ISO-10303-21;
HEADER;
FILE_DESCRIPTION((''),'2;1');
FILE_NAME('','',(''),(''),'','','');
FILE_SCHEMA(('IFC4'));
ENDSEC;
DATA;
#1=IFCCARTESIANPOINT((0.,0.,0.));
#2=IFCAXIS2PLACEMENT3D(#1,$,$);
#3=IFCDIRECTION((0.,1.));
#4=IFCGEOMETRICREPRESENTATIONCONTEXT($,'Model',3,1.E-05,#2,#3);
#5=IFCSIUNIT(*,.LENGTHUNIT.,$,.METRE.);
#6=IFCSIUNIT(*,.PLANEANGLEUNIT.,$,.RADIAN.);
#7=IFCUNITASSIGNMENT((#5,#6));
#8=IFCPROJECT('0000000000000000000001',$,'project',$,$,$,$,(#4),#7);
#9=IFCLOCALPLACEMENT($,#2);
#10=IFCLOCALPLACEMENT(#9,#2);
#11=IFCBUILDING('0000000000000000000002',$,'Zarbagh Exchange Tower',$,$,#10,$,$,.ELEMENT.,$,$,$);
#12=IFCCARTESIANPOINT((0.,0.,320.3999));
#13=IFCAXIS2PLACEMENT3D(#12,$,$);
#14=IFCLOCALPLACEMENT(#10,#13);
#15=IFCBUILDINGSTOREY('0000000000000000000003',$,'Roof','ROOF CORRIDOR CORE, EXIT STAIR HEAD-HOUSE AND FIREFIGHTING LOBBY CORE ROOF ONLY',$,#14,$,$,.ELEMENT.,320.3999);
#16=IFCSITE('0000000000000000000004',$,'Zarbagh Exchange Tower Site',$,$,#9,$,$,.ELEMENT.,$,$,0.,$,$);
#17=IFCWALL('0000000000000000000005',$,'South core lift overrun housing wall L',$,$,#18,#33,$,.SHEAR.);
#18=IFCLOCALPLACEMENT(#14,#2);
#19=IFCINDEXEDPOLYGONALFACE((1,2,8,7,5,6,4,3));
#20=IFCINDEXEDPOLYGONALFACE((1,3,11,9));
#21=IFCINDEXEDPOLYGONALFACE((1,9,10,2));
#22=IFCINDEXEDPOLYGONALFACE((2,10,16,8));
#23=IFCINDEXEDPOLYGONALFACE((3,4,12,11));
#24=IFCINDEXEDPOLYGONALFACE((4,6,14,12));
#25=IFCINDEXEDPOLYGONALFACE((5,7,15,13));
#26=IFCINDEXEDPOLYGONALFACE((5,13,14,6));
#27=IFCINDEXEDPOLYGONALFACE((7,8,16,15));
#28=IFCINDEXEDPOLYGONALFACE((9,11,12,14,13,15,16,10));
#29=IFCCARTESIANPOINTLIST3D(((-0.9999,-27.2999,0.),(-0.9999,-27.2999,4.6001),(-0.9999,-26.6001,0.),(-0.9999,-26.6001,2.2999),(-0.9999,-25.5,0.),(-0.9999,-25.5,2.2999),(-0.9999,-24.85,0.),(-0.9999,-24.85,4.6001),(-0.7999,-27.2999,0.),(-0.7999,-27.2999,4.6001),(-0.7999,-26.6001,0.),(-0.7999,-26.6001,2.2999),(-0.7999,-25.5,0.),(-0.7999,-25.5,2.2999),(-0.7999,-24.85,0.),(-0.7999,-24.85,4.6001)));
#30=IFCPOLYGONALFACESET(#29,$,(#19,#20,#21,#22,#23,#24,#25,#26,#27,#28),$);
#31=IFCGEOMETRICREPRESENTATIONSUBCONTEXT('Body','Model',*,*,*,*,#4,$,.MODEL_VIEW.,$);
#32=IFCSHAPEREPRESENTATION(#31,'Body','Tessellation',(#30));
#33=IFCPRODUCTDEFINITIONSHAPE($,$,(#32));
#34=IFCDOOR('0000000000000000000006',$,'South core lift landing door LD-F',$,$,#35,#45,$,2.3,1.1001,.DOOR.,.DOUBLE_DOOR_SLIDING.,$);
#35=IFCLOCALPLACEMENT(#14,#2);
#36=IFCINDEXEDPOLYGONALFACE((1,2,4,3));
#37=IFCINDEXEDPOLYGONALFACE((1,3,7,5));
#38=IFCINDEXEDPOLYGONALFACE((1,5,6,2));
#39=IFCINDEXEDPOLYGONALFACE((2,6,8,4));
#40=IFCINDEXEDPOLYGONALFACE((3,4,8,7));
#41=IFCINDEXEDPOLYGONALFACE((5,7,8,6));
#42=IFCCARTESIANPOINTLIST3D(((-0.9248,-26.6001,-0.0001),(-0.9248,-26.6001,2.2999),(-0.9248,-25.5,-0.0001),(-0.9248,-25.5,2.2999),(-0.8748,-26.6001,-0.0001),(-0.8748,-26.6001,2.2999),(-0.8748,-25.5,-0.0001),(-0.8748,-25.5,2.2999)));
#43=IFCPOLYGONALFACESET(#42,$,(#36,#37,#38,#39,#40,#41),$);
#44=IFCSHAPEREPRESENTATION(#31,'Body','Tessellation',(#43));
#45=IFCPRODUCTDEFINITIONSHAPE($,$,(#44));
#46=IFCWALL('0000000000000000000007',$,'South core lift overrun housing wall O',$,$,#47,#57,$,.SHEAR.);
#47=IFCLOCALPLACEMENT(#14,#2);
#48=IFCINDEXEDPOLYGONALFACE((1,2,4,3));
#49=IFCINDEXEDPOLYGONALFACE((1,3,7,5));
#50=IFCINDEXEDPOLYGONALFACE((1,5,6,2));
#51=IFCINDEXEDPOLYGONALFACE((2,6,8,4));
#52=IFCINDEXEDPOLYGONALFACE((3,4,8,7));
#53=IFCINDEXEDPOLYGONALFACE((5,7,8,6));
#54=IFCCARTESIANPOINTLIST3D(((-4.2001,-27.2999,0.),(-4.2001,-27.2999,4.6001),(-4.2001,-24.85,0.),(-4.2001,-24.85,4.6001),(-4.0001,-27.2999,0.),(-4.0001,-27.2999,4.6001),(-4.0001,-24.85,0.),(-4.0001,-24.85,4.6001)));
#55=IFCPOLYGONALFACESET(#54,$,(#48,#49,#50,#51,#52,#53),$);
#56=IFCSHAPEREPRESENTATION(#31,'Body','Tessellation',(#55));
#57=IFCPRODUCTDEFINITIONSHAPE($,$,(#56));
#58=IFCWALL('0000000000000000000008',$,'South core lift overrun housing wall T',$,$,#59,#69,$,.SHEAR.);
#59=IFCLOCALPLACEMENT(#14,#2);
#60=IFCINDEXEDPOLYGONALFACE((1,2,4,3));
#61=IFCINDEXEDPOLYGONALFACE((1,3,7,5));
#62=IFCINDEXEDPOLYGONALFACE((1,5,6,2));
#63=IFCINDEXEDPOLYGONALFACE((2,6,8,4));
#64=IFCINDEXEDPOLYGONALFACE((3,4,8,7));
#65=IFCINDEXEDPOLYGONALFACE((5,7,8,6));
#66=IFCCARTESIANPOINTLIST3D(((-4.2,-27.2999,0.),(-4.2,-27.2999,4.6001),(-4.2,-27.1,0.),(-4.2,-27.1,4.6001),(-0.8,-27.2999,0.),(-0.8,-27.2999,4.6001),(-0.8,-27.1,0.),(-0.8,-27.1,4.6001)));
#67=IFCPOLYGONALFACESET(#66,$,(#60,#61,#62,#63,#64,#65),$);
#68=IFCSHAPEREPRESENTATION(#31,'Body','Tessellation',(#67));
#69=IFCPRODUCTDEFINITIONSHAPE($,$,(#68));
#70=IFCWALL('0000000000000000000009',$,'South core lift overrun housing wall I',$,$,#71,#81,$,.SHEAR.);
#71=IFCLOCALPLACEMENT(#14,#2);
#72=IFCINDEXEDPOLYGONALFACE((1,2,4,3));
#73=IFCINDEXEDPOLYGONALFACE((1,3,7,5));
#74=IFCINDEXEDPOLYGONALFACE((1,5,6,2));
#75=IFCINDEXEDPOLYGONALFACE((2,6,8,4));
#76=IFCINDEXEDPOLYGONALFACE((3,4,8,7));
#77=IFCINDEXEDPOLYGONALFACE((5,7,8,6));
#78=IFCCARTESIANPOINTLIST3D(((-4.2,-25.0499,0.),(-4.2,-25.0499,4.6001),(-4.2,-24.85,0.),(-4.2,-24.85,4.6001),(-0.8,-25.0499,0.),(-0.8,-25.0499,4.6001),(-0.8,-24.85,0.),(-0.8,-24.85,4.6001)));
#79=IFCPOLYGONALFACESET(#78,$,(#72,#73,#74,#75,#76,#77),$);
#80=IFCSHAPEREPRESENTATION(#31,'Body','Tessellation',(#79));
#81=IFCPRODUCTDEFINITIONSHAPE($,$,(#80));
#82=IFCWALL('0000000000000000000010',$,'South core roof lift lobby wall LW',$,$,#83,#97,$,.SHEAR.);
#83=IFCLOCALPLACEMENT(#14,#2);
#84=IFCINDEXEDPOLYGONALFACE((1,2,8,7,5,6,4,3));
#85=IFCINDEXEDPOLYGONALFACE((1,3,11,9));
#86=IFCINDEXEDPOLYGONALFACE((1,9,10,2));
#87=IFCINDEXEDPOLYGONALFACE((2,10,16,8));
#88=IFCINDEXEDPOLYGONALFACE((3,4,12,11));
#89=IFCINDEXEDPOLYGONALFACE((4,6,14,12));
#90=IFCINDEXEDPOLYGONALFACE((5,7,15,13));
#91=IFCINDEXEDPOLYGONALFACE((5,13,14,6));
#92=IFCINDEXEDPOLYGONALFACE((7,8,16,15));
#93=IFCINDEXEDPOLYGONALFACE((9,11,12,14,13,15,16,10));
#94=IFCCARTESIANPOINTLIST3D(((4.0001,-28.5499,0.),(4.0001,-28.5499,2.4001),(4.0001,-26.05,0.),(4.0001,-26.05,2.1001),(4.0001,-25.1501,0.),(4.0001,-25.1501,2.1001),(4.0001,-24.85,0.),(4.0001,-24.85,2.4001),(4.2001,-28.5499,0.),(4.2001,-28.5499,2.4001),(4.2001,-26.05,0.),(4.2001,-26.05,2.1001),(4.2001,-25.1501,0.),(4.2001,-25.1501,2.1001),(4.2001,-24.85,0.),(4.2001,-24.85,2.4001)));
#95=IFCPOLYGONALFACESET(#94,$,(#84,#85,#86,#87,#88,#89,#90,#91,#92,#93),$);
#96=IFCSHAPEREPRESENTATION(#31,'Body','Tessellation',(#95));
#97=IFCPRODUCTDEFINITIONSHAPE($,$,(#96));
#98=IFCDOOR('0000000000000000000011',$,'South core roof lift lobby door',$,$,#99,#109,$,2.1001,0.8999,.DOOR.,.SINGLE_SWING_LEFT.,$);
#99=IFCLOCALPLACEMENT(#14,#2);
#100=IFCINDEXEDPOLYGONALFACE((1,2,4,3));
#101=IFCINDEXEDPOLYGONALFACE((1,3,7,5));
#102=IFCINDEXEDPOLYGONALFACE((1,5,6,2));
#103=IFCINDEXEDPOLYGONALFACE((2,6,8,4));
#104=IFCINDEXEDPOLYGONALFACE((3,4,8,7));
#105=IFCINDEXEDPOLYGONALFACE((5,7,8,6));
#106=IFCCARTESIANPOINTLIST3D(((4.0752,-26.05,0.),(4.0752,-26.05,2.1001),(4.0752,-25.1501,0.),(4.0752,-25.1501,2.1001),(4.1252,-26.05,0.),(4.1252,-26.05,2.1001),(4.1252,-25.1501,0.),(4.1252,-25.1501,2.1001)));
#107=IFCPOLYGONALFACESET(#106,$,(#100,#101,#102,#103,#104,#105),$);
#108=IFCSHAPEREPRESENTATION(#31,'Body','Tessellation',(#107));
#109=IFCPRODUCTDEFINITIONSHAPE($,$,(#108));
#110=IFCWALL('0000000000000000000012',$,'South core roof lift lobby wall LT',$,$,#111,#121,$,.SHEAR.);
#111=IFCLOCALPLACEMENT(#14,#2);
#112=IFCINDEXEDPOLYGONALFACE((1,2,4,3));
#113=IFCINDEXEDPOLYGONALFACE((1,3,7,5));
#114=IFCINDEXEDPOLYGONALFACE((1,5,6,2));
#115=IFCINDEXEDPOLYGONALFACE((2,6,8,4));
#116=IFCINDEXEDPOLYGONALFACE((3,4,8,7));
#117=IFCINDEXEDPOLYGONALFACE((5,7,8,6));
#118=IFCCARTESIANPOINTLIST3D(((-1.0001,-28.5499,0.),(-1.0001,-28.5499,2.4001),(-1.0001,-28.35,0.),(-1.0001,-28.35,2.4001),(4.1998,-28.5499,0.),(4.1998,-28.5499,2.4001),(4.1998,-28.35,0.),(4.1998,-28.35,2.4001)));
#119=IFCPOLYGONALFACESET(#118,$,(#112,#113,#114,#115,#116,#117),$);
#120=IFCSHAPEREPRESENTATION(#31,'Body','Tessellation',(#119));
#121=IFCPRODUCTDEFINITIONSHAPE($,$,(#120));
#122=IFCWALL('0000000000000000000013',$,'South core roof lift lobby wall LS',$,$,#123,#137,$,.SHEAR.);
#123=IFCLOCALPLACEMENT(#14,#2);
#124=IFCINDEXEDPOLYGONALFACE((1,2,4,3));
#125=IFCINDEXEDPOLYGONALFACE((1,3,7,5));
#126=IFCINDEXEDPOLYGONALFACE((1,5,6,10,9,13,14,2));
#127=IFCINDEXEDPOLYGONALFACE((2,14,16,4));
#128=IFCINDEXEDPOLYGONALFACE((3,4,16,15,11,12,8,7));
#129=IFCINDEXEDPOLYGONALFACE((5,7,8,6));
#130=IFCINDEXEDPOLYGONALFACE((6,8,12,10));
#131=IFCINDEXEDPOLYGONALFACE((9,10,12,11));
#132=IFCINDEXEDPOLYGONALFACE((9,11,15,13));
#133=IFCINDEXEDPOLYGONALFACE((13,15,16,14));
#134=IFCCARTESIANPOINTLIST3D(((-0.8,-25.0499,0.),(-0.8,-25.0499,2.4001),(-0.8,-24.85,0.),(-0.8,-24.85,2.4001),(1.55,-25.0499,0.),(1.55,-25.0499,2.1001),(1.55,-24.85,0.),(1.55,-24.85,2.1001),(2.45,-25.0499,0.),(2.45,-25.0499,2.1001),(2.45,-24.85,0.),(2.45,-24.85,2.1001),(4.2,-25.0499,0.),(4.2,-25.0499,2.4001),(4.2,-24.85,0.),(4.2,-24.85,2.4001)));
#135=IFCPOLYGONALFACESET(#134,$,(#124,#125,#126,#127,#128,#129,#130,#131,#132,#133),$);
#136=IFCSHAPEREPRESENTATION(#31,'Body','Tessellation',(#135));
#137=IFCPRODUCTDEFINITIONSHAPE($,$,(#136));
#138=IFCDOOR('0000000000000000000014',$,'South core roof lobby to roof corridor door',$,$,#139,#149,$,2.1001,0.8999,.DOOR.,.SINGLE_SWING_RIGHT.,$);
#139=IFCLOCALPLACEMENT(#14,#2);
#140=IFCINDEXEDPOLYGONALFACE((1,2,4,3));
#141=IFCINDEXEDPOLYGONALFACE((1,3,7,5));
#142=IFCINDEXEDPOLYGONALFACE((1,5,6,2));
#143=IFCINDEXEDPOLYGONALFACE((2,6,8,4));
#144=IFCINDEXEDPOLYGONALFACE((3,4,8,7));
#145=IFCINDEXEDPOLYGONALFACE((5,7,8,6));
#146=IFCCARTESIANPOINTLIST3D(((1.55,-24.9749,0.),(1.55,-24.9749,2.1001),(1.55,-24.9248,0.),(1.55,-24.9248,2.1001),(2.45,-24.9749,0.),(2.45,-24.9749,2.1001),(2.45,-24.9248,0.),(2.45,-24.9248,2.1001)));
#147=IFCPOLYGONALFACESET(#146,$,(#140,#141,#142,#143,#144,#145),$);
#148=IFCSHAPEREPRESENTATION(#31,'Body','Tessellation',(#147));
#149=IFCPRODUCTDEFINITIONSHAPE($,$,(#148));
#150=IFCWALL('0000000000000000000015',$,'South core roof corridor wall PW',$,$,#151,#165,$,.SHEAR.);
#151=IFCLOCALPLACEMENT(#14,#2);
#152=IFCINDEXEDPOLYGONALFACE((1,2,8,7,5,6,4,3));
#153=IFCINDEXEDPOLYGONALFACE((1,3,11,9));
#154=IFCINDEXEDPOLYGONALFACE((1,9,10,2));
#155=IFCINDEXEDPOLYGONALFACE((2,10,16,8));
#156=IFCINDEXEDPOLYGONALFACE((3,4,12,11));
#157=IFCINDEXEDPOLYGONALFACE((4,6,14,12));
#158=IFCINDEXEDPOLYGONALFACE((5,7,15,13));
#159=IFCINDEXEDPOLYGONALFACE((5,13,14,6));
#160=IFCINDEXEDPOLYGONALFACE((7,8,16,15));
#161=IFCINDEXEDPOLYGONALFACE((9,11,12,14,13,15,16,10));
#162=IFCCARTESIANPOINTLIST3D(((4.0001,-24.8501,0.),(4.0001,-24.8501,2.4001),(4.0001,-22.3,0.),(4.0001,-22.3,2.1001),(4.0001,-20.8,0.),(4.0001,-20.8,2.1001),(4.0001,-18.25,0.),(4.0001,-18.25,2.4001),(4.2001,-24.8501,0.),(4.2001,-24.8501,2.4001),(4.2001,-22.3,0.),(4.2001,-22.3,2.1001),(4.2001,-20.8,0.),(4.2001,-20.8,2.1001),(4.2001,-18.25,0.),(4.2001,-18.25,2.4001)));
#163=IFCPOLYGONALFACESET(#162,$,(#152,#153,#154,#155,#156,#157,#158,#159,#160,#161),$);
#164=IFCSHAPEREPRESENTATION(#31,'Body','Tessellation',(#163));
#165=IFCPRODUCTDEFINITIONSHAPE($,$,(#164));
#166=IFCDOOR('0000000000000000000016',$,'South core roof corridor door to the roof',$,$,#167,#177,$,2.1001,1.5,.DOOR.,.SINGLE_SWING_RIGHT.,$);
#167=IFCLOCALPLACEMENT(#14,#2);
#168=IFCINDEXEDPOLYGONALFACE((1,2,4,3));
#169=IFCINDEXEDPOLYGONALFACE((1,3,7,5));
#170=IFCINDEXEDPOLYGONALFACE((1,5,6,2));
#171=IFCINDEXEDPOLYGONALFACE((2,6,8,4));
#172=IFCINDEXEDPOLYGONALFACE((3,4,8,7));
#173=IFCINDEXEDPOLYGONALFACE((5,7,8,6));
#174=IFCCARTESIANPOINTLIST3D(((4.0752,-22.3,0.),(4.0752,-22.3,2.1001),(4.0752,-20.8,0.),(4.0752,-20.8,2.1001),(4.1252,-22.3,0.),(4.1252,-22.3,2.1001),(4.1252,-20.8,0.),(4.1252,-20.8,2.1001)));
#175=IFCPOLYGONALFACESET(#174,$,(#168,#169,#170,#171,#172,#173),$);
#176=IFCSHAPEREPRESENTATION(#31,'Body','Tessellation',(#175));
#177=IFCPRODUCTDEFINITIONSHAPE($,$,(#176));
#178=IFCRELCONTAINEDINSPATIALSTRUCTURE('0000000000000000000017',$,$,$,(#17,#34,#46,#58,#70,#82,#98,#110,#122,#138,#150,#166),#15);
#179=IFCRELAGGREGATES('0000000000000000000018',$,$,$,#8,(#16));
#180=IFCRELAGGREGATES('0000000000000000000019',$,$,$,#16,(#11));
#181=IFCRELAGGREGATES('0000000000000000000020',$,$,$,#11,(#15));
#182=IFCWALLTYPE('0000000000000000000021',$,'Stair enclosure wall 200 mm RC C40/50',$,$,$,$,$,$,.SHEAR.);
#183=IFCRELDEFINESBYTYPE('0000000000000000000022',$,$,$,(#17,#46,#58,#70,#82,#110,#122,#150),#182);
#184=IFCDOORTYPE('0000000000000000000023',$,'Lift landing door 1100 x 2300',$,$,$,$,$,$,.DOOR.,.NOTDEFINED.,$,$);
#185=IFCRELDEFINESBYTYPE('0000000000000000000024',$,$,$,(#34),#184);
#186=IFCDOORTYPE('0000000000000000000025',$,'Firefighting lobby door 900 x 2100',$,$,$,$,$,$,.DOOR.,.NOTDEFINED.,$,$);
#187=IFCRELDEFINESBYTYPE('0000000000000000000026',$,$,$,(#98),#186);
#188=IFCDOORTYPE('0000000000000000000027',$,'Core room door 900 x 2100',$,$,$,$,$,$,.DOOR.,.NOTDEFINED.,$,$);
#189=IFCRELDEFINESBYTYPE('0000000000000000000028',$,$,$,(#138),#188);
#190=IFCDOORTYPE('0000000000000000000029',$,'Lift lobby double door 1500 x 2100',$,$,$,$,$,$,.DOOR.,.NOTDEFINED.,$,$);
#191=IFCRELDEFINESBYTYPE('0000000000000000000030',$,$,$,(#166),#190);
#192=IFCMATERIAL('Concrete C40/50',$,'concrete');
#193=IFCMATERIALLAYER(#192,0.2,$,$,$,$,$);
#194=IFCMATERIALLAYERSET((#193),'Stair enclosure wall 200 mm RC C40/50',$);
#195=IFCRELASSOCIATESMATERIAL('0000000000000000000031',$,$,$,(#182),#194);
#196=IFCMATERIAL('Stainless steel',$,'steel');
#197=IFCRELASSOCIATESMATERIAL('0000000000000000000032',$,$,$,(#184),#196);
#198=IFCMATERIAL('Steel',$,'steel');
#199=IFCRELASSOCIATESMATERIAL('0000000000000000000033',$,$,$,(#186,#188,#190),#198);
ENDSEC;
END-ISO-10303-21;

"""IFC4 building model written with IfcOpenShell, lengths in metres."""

from ifc_helpers import new_model, si_unit, direction, frame, frame_2d, origin, place, context, subcontext, project, spatial, rectangle, extrude, material, layer, layer_set, type_object, element, fill, save


model = new_model("IFC4")

# Units and contexts
model_context = context("Model", 3, precision=1e-05, world=origin(), true_north=direction((0.0, 1.0)))
body_context = subcontext(model_context, "Body", "Model", "MODEL_VIEW")
ifc_project = project(units=[si_unit("LENGTHUNIT", "METRE"), si_unit("PLANEANGLEUNIT", "RADIAN")], contexts=[model_context])

# Site, building, storey
site_placement = place(None, origin())
site = spatial("IfcSite", under=ifc_project, at=site_placement, Name="Zarbagh Exchange Tower Site", CompositionType="ELEMENT", RefElevation=0.0)
building_placement = place(site_placement, origin())
building = spatial("IfcBuilding", under=site, at=building_placement, Name="Zarbagh Exchange Tower", CompositionType="ELEMENT")
storey_placement = place(building_placement, frame((0.0, 0.0, 320.3999)))
storey = spatial("IfcBuildingStorey", under=building, at=storey_placement, Name="Roof", Description="ROOF CORRIDOR CORE, EXIT STAIR HEAD-HOUSE AND FIREFIGHTING LOBBY CORE ROOF ONLY", CompositionType="ELEMENT", Elevation=320.3999)

# Wall, opening, door
ifc_material_1 = material(Name="Concrete C40/50", Category="concrete")
ifc_layer_1 = layer(ifc_material_1, 0.2)
ifc_layer_set_1 = layer_set([ifc_layer_1], Name="Stair enclosure wall 200 mm RC C40/50")
wall_type_1 = type_object("IfcWallType", Name="Stair enclosure wall 200 mm RC C40/50", PredefinedType="SHEAR", material=ifc_layer_set_1)
wall_1_placement = place(storey_placement, frame((-0.8999, -27.3, 0.0), z_axis=(0.0, 0.0, 1.0), x_axis=(0.0, 1.0, 0.0)))
wall_1 = element("IfcWall", 1, at=wall_1_placement, inside=storey, type_object=wall_type_1, Name="South core lift overrun housing wall L", PredefinedType="SHEAR", context=body_context, shape_type="SweptSolid", body=[
    extrude(rectangle(XDim=2.45, YDim=0.2, at=frame_2d((1.2251, 0.0))), origin(), (0.0, 0.0, 1.0), 4.6001),
])
opening_1_placement = place(wall_1_placement, frame((0.7, 0.0, 0.0)))
opening_1 = element("IfcOpeningElement", 2, at=opening_1_placement, cuts=wall_1, PredefinedType="OPENING", context=body_context, shape_type="SweptSolid", body=[
    extrude(rectangle(XDim=1.1001, YDim=2.3, at=frame_2d((0.55, 1.1499))), frame((0.0, 0.1099, 0.0), z_axis=(0.0, -1.0, 0.0), x_axis=(1.0, 0.0, 0.0)), (0.0, 0.0, 1.0), 0.22),
])
ifc_material_2 = material(Name="Stainless steel", Category="steel")
door_type_1 = type_object("IfcDoorType", Name="Lift landing door 1100 x 2300", OperationType="NOTDEFINED", PredefinedType="DOOR", material=ifc_material_2)
door_1_placement = place(opening_1_placement, origin())
door_1 = element("IfcDoor", 3, at=door_1_placement, inside=storey, type_object=door_type_1, Name="South core lift landing door LD-F", OperationType="DOUBLE_DOOR_SLIDING", OverallHeight=2.3, OverallWidth=1.1001, PredefinedType="DOOR", context=body_context, shape_type="SweptSolid", body=[
    extrude(rectangle(XDim=1.1001, YDim=2.3, at=frame_2d((0.55, 1.1499))), frame((0.0, 0.0249, 0.0), z_axis=(0.0, -1.0, 0.0), x_axis=(1.0, 0.0, 0.0)), (0.0, 0.0, 1.0), 0.05),
])
fill(opening_1, door_1)

# Walls
wall_2_placement = place(storey_placement, frame((-4.1001, -27.3, 0.0), z_axis=(0.0, 0.0, 1.0), x_axis=(0.0, 1.0, 0.0)))
element("IfcWall", 4, at=wall_2_placement, inside=storey, type_object=wall_type_1, Name="South core lift overrun housing wall O", PredefinedType="SHEAR", context=body_context, shape_type="SweptSolid", body=[
    extrude(rectangle(XDim=2.45, YDim=0.2, at=frame_2d((1.2251, 0.0))), origin(), (0.0, 0.0, 1.0), 4.6001),
])
for number, where, z_axis, x_axis, name in (
    (5, (-0.8, -27.2, 0.0), (0.0, 0.0, 1.0), (-1.0, 0.0, 0.0), "South core lift overrun housing wall T"),
    (6, (-0.8, -24.95, 0.0), (0.0, 0.0, 1.0), (-1.0, 0.0, 0.0), "South core lift overrun housing wall I"),
):
    element("IfcWall", number, at=place(storey_placement, frame(where, z_axis=z_axis, x_axis=x_axis)), inside=storey, type_object=wall_type_1, Name=name, PredefinedType="SHEAR", context=body_context, shape_type="SweptSolid", body=[
        extrude(rectangle(XDim=3.3999, YDim=0.2, at=frame_2d((1.7, 0.0))), origin(), (0.0, 0.0, 1.0), 4.6001),
    ])

# Wall, opening, door
wall_3_placement = place(storey_placement, frame((4.1001, -28.55, 0.0), z_axis=(0.0, 0.0, 1.0), x_axis=(0.0, 1.0, 0.0)))
wall_3 = element("IfcWall", 7, at=wall_3_placement, inside=storey, type_object=wall_type_1, Name="South core roof lift lobby wall LW", PredefinedType="SHEAR", context=body_context, shape_type="SweptSolid", body=[
    extrude(rectangle(XDim=3.7, YDim=0.2, at=frame_2d((1.8501, 0.0))), origin(), (0.0, 0.0, 1.0), 2.4001),
])
opening_2_placement = place(wall_3_placement, frame((2.5, 0.0, 0.0)))
opening_2 = element("IfcOpeningElement", 8, at=opening_2_placement, cuts=wall_3, PredefinedType="OPENING", context=body_context, shape_type="SweptSolid", body=[
    extrude(rectangle(XDim=0.8999, YDim=2.1001, at=frame_2d((0.45, 1.05))), frame((0.0, 0.1099, 0.0), z_axis=(0.0, -1.0, 0.0), x_axis=(1.0, 0.0, 0.0)), (0.0, 0.0, 1.0), 0.22),
])
ifc_material_3 = material(Name="Steel", Category="steel")
door_type_2 = type_object("IfcDoorType", Name="Firefighting lobby door 900 x 2100", OperationType="NOTDEFINED", PredefinedType="DOOR", material=ifc_material_3)
door_2_placement = place(opening_2_placement, origin())
door_2 = element("IfcDoor", 9, at=door_2_placement, inside=storey, type_object=door_type_2, Name="South core roof lift lobby door", OperationType="SINGLE_SWING_LEFT", OverallHeight=2.1001, OverallWidth=0.8999, PredefinedType="DOOR", context=body_context, shape_type="SweptSolid", body=[
    extrude(rectangle(XDim=0.8999, YDim=2.1001, at=frame_2d((0.45, 1.05))), frame((0.0, 0.0249, 0.0), z_axis=(0.0, -1.0, 0.0), x_axis=(1.0, 0.0, 0.0)), (0.0, 0.0, 1.0), 0.05),
])
fill(opening_2, door_2)

# Wall
wall_4_placement = place(storey_placement, frame((4.2, -28.45, 0.0), z_axis=(0.0, 0.0, 1.0), x_axis=(-1.0, 0.0, 0.0)))
element("IfcWall", 10, at=wall_4_placement, inside=storey, type_object=wall_type_1, Name="South core roof lift lobby wall LT", PredefinedType="SHEAR", context=body_context, shape_type="SweptSolid", body=[
    extrude(rectangle(XDim=5.2, YDim=0.2, at=frame_2d((2.6001, 0.0))), origin(), (0.0, 0.0, 1.0), 2.4001),
])

# Walls, openings, doors
wall_5_placement = place(storey_placement, frame((4.2, -24.95, 0.0), z_axis=(0.0, 0.0, 1.0), x_axis=(-1.0, 0.0, 0.0)))
wall_5 = element("IfcWall", 11, at=wall_5_placement, inside=storey, type_object=wall_type_1, Name="South core roof lift lobby wall LS", PredefinedType="SHEAR", context=body_context, shape_type="SweptSolid", body=[
    extrude(rectangle(XDim=5.0, YDim=0.2, at=frame_2d((2.5, 0.0))), origin(), (0.0, 0.0, 1.0), 2.4001),
])
opening_3_placement = place(wall_5_placement, frame((1.75, 0.0, 0.0)))
opening_3 = element("IfcOpeningElement", 12, at=opening_3_placement, cuts=wall_5, PredefinedType="OPENING", context=body_context, shape_type="SweptSolid", body=[
    extrude(rectangle(XDim=0.8999, YDim=2.1001, at=frame_2d((0.45, 1.05))), frame((0.0, 0.1099, 0.0), z_axis=(0.0, -1.0, 0.0), x_axis=(1.0, 0.0, 0.0)), (0.0, 0.0, 1.0), 0.22),
])
door_type_3 = type_object("IfcDoorType", Name="Core room door 900 x 2100", OperationType="NOTDEFINED", PredefinedType="DOOR", material=ifc_material_3)
door_3_placement = place(opening_3_placement, origin())
door_3 = element("IfcDoor", 13, at=door_3_placement, inside=storey, type_object=door_type_3, Name="South core roof lobby to roof corridor door", OperationType="SINGLE_SWING_RIGHT", OverallHeight=2.1001, OverallWidth=0.8999, PredefinedType="DOOR", context=body_context, shape_type="SweptSolid", body=[
    extrude(rectangle(XDim=0.8999, YDim=2.1001, at=frame_2d((0.45, 1.05))), frame((0.0, 0.0249, 0.0), z_axis=(0.0, -1.0, 0.0), x_axis=(1.0, 0.0, 0.0)), (0.0, 0.0, 1.0), 0.05),
])
fill(opening_3, door_3)
wall_6_placement = place(storey_placement, frame((4.1001, -24.8501, 0.0), z_axis=(0.0, 0.0, 1.0), x_axis=(0.0, 1.0, 0.0)))
wall_6 = element("IfcWall", 14, at=wall_6_placement, inside=storey, type_object=wall_type_1, Name="South core roof corridor wall PW", PredefinedType="SHEAR", context=body_context, shape_type="SweptSolid", body=[
    extrude(rectangle(XDim=6.6001, YDim=0.2, at=frame_2d((3.3, 0.0))), origin(), (0.0, 0.0, 1.0), 2.4001),
])
opening_4_placement = place(wall_6_placement, frame((2.55, 0.0, 0.0)))
opening_4 = element("IfcOpeningElement", 15, at=opening_4_placement, cuts=wall_6, PredefinedType="OPENING", context=body_context, shape_type="SweptSolid", body=[
    extrude(rectangle(XDim=1.5, YDim=2.1001, at=frame_2d((0.75, 1.05))), frame((0.0, 0.1099, 0.0), z_axis=(0.0, -1.0, 0.0), x_axis=(1.0, 0.0, 0.0)), (0.0, 0.0, 1.0), 0.22),
])
door_type_4 = type_object("IfcDoorType", Name="Lift lobby double door 1500 x 2100", OperationType="NOTDEFINED", PredefinedType="DOOR", material=ifc_material_3)
door_4_placement = place(opening_4_placement, origin())
door_4 = element("IfcDoor", 16, at=door_4_placement, inside=storey, type_object=door_type_4, Name="South core roof corridor door to the roof", OperationType="SINGLE_SWING_RIGHT", OverallHeight=2.1001, OverallWidth=1.5, PredefinedType="DOOR", context=body_context, shape_type="SweptSolid", body=[
    extrude(rectangle(XDim=1.5, YDim=2.1001, at=frame_2d((0.75, 1.05))), frame((0.0, 0.0249, 0.0), z_axis=(0.0, -1.0, 0.0), x_axis=(1.0, 0.0, 0.0)), (0.0, 0.0, 1.0), 0.05),
])
fill(opening_4, door_4)

save(model, "model.ifc")
